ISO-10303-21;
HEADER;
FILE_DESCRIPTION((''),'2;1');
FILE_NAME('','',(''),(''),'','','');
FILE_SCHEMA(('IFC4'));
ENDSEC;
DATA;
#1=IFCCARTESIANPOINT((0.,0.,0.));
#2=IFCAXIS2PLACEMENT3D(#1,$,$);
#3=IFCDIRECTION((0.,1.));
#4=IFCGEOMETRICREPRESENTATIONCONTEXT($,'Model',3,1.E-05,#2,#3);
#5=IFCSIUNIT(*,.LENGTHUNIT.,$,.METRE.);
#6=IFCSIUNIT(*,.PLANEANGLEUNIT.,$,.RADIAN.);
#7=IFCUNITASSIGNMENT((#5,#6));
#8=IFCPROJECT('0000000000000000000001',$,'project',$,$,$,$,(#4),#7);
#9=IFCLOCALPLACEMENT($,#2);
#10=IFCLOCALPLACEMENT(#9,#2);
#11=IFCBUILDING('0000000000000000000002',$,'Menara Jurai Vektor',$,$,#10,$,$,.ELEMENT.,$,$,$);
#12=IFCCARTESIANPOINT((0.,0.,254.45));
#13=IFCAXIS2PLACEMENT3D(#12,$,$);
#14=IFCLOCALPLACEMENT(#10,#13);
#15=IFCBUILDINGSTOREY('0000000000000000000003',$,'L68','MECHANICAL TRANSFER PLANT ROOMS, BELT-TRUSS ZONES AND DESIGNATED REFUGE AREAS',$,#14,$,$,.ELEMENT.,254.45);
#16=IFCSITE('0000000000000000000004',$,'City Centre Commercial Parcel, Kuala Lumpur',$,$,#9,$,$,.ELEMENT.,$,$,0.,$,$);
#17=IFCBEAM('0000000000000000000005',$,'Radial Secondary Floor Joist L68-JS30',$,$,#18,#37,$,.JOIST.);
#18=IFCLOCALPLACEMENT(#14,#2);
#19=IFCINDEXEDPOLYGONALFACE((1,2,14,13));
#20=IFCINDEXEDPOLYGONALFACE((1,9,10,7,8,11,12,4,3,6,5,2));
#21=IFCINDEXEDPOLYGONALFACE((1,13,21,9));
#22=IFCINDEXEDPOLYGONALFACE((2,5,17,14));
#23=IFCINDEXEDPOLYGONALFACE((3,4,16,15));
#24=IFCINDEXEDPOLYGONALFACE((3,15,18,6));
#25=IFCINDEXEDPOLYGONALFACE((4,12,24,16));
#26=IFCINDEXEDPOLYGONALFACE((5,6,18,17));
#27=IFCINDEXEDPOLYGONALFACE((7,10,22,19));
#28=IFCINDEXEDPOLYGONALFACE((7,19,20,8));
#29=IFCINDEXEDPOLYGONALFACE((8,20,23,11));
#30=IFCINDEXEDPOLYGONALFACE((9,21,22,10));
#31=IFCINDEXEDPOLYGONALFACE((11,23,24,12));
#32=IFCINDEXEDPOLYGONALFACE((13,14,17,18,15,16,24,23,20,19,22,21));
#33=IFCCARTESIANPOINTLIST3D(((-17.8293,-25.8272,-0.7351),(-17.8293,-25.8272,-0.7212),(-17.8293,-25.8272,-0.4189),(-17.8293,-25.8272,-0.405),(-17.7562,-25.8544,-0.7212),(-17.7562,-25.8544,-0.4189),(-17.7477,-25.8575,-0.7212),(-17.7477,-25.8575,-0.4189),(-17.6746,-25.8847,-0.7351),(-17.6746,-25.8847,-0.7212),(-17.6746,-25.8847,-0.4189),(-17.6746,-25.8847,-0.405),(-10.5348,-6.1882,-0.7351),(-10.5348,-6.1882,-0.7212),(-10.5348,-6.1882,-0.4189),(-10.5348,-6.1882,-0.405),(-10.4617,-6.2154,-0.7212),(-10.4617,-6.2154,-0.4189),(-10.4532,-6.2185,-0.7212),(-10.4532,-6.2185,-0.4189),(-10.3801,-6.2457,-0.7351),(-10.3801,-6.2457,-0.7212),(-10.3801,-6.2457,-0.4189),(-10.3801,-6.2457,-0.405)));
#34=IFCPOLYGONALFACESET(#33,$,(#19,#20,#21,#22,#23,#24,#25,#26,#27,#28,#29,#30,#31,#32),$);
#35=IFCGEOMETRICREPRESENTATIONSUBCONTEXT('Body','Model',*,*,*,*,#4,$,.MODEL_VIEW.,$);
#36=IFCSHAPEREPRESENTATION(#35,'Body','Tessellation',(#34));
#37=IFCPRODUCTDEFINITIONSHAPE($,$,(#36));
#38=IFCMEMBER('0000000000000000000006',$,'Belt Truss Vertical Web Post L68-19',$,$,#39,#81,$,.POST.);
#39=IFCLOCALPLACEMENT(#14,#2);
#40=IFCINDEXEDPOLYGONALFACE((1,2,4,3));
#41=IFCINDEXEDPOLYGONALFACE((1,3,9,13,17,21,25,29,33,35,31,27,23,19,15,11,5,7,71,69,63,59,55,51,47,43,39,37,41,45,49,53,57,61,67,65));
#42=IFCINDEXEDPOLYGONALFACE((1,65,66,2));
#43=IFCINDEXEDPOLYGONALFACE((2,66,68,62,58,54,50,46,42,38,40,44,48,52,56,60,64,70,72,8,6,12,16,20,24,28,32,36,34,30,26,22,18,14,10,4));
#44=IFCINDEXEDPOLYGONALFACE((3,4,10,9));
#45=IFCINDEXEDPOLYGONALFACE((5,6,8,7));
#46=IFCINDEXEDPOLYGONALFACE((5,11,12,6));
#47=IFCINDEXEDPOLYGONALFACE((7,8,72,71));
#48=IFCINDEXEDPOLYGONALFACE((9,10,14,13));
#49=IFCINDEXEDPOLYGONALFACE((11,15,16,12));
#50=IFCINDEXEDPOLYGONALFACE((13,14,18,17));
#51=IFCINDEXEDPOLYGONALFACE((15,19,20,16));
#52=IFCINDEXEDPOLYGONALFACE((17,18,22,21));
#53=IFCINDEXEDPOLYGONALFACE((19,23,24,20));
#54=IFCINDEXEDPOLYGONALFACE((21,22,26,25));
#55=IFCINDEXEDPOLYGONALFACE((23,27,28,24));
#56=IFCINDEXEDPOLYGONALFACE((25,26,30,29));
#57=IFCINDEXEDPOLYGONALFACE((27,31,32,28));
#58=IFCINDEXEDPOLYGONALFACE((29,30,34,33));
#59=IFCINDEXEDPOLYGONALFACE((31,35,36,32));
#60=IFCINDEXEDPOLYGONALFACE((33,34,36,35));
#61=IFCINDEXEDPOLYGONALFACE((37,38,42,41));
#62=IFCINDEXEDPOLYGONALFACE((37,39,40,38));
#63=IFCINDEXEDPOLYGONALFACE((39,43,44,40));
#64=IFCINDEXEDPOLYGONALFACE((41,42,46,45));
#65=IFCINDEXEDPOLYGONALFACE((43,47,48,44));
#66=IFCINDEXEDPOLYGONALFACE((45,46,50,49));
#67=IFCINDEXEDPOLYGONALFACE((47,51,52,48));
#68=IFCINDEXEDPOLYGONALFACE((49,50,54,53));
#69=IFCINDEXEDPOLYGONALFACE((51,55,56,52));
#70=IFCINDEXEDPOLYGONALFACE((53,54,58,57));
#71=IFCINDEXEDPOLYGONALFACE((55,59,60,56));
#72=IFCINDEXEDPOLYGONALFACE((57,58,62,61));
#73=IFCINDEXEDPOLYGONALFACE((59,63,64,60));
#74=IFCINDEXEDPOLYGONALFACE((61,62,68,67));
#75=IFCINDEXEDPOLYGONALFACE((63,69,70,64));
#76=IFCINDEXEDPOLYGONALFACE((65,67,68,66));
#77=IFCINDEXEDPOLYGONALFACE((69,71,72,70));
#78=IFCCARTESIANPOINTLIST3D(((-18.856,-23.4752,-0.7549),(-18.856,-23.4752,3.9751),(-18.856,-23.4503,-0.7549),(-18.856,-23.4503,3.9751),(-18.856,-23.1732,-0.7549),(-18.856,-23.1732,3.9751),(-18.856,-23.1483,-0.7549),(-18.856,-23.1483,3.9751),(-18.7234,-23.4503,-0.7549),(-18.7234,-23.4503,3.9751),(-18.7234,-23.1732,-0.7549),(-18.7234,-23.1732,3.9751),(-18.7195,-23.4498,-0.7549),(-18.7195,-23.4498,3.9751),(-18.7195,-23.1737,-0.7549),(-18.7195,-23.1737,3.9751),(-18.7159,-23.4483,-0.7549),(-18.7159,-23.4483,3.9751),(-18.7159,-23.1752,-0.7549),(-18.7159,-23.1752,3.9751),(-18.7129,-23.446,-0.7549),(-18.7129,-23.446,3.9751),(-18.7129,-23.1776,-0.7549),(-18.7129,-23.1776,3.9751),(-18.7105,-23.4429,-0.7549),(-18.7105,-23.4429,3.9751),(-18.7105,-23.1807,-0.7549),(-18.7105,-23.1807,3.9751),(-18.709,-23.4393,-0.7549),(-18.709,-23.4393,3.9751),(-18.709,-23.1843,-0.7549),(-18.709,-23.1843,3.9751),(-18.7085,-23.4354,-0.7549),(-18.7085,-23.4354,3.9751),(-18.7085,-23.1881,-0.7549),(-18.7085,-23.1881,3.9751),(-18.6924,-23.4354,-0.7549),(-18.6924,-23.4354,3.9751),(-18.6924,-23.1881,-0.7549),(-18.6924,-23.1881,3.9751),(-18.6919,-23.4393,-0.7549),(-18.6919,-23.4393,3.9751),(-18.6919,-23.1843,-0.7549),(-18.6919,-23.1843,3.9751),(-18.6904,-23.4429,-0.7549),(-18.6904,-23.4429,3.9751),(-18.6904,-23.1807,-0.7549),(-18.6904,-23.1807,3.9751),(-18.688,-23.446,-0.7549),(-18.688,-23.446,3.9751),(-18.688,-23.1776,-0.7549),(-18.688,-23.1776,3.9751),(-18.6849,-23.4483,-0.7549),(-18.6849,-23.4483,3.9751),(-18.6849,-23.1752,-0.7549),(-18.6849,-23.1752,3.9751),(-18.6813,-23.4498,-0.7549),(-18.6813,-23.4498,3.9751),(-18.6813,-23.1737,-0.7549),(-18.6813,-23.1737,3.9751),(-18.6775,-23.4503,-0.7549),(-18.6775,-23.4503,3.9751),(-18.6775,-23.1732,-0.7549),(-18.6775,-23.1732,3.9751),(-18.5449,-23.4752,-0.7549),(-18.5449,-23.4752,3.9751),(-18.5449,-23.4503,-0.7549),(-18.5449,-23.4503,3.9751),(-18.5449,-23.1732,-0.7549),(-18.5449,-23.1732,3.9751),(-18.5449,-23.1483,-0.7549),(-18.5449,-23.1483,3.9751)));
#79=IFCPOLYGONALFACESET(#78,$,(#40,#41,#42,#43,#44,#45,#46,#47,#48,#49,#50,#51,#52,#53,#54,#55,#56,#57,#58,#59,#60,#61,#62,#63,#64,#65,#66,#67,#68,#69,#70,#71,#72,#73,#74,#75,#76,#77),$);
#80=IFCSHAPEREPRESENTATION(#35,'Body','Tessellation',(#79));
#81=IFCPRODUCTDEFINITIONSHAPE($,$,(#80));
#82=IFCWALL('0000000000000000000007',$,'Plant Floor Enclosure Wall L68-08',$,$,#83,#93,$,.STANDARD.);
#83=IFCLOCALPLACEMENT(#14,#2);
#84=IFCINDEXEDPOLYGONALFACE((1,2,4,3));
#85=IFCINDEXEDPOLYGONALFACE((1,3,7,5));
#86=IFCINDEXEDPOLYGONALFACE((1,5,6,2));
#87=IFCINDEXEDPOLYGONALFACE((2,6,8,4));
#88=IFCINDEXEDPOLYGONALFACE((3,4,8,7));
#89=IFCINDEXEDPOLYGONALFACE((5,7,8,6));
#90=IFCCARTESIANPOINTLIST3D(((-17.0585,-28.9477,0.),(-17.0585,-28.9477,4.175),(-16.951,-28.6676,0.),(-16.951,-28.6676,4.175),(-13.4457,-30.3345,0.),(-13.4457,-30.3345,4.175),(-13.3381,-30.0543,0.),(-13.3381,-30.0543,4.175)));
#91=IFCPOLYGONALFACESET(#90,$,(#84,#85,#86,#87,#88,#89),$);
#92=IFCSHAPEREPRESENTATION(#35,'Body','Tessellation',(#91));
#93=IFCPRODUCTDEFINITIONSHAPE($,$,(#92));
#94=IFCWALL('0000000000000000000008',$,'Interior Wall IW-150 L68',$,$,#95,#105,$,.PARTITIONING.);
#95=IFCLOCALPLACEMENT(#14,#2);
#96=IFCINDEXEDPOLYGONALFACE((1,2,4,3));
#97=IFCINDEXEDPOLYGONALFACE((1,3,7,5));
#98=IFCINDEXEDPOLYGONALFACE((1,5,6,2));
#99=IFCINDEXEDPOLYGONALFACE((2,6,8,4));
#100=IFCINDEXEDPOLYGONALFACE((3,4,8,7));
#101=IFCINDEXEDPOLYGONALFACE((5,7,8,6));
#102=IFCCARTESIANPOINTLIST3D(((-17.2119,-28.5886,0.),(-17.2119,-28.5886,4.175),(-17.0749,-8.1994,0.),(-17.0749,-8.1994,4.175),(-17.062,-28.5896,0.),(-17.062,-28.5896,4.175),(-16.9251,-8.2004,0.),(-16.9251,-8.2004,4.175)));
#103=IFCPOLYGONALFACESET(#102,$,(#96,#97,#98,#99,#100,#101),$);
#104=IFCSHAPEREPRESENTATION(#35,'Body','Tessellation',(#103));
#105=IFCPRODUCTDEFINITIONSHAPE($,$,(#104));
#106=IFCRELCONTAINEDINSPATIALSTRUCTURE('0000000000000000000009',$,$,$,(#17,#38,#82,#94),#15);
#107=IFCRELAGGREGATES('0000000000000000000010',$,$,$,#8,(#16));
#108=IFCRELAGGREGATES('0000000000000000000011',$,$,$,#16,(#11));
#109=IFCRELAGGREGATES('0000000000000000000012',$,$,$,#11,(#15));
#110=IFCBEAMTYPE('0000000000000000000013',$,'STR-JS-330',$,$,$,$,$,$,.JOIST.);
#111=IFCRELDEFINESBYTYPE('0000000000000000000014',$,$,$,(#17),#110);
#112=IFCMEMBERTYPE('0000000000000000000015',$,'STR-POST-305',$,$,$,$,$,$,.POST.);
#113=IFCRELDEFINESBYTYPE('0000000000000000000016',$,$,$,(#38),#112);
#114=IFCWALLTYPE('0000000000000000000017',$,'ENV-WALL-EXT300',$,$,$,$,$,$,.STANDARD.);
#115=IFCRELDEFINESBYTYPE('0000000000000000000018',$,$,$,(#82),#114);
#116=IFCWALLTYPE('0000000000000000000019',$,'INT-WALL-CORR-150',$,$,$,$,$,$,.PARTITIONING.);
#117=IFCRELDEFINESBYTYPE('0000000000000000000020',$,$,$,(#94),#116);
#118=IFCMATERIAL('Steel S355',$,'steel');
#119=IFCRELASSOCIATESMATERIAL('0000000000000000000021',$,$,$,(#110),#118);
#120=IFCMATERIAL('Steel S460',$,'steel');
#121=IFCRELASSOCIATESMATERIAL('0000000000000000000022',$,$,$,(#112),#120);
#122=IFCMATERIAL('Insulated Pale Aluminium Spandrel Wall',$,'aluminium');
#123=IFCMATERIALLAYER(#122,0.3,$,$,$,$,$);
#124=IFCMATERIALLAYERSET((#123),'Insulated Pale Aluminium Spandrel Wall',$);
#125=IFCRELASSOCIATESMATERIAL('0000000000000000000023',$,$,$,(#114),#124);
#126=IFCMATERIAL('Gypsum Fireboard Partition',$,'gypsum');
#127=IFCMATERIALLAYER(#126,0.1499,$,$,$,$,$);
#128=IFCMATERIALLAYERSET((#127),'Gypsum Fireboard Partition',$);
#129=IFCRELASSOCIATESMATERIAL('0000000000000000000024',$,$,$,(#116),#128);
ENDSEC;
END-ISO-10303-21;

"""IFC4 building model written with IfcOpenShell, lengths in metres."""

from ifc_helpers import new_model, si_unit, direction, frame, frame_2d, origin, origin_2d, place, context, subcontext, project, spatial, rectangle, i_section, extrude, material, layer, layer_set, material_profile, profile_set, type_object, element, save


model = new_model("IFC4")

# Units and contexts
model_context = context("Model", 3, precision=1e-05, world=origin(), true_north=direction((0.0, 1.0)))
body_context = subcontext(model_context, "Body", "Model", "MODEL_VIEW")
ifc_project = project(units=[si_unit("LENGTHUNIT", "METRE"), si_unit("PLANEANGLEUNIT", "RADIAN")], contexts=[model_context])

# Site, building, storey
site_placement = place(None, origin())
site = spatial("IfcSite", under=ifc_project, at=site_placement, Name="City Centre Commercial Parcel, Kuala Lumpur", CompositionType="ELEMENT", RefElevation=0.0)
building_placement = place(site_placement, origin())
building = spatial("IfcBuilding", under=site, at=building_placement, Name="Menara Jurai Vektor", CompositionType="ELEMENT")
storey_placement = place(building_placement, frame((0.0, 0.0, 254.45)))
storey = spatial("IfcBuildingStorey", under=building, at=storey_placement, Name="L68", Description="MECHANICAL TRANSFER PLANT ROOMS, BELT-TRUSS ZONES AND DESIGNATED REFUGE AREAS", CompositionType="ELEMENT", Elevation=254.45)

# Shared definitions
ifc_material_1 = material(Name="Steel S460", Category="steel")

# Shared definitions
ifc_material_2 = material(Name="Steel S355", Category="steel")

# Beam
ifc_material_profile_1 = material_profile(ifc_material_2, i_section(OverallWidth=0.165, OverallDepth=0.3301, WebThickness=0.009, FlangeThickness=0.0139, at=origin_2d()), Name="PG 330x165x46")
ifc_profile_set_1 = profile_set([ifc_material_profile_1], Name="Steel S355")
beam_type_1 = type_object("IfcBeamType", Name="STR-JS-330", PredefinedType="JOIST", material=ifc_profile_set_1)
beam_1_placement = place(storey_placement, frame((-17.752, -25.856, -0.5701), z_axis=(0.348186, 0.937426, 0.0), x_axis=(-0.937426, 0.348186, 0.0)))
element("IfcBeam", 1, at=beam_1_placement, inside=storey, type_object=beam_type_1, Name="Radial Secondary Floor Joist L68-JS30", PredefinedType="JOIST", context=body_context, shape_type="SweptSolid", body=[
    extrude(i_section(OverallWidth=0.165, OverallDepth=0.3301, WebThickness=0.009, FlangeThickness=0.0139, at=origin_2d()), origin(), (0.0, 0.0, 1.0), 20.95),
])

# Member
ifc_material_profile_2 = material_profile(ifc_material_1, i_section(OverallWidth=0.311, OverallDepth=0.3269, WebThickness=0.0161, FlangeThickness=0.0249, FilletRadius=0.0149, at=origin_2d()), Name="UKC 305x305x158")
ifc_profile_set_2 = profile_set([ifc_material_profile_2], Name="Steel S460")
member_type_1 = type_object("IfcMemberType", Name="STR-POST-305", PredefinedType="POST", material=ifc_profile_set_2)
member_1_placement = place(storey_placement, frame((-18.7004, -23.3118, -0.7549), z_axis=(0.0, 0.0, 1.0), x_axis=(1.0, 0.0, 0.0)))
element("IfcMember", 2, at=member_1_placement, inside=storey, type_object=member_type_1, Name="Belt Truss Vertical Web Post L68-19", PredefinedType="POST", context=body_context, shape_type="SweptSolid", body=[
    extrude(i_section(OverallWidth=0.311, OverallDepth=0.3269, WebThickness=0.0161, FlangeThickness=0.0249, FilletRadius=0.0149, at=origin_2d()), origin(), (0.0, 0.0, 1.0), 4.73),
])

# Walls
ifc_material_3 = material(Name="Insulated Pale Aluminium Spandrel Wall", Category="aluminium")
ifc_layer_1 = layer(ifc_material_3, 0.3)
ifc_layer_set_1 = layer_set([ifc_layer_1], Name="Insulated Pale Aluminium Spandrel Wall")
wall_type_1 = type_object("IfcWallType", Name="ENV-WALL-EXT300", PredefinedType="STANDARD", material=ifc_layer_set_1)
wall_1_placement = place(storey_placement, frame((-17.0049, -28.8076, 0.0), z_axis=(0.0, 0.0, 1.0), x_axis=(0.933589, -0.358345, 0.0)))
element("IfcWall", 3, at=wall_1_placement, inside=storey, type_object=wall_type_1, Name="Plant Floor Enclosure Wall L68-08", PredefinedType="STANDARD", context=body_context, shape_type="SweptSolid", body=[
    extrude(rectangle(XDim=3.8699, YDim=0.3, at=frame_2d((1.9351, 0.0))), origin(), (0.0, 0.0, 1.0), 4.175),
])
ifc_material_4 = material(Name="Gypsum Fireboard Partition", Category="gypsum")
ifc_layer_2 = layer(ifc_material_4, 0.1499)
ifc_layer_set_2 = layer_set([ifc_layer_2], Name="Gypsum Fireboard Partition")
wall_type_2 = type_object("IfcWallType", Name="INT-WALL-CORR-150", PredefinedType="PARTITIONING", material=ifc_layer_set_2)
wall_2_placement = place(storey_placement, frame((-17.137, -28.5891, 0.0), z_axis=(0.0, 0.0, 1.0), x_axis=(0.006717, 0.999977, 0.0)))
element("IfcWall", 4, at=wall_2_placement, inside=storey, type_object=wall_type_2, Name="Interior Wall IW-150 L68", PredefinedType="PARTITIONING", context=body_context, shape_type="SweptSolid", body=[
    extrude(rectangle(XDim=20.3896, YDim=0.1499, at=frame_2d((10.1948, 0.0))), origin(), (0.0, 0.0, 1.0), 4.175),
])

save(model, "model.ifc")
